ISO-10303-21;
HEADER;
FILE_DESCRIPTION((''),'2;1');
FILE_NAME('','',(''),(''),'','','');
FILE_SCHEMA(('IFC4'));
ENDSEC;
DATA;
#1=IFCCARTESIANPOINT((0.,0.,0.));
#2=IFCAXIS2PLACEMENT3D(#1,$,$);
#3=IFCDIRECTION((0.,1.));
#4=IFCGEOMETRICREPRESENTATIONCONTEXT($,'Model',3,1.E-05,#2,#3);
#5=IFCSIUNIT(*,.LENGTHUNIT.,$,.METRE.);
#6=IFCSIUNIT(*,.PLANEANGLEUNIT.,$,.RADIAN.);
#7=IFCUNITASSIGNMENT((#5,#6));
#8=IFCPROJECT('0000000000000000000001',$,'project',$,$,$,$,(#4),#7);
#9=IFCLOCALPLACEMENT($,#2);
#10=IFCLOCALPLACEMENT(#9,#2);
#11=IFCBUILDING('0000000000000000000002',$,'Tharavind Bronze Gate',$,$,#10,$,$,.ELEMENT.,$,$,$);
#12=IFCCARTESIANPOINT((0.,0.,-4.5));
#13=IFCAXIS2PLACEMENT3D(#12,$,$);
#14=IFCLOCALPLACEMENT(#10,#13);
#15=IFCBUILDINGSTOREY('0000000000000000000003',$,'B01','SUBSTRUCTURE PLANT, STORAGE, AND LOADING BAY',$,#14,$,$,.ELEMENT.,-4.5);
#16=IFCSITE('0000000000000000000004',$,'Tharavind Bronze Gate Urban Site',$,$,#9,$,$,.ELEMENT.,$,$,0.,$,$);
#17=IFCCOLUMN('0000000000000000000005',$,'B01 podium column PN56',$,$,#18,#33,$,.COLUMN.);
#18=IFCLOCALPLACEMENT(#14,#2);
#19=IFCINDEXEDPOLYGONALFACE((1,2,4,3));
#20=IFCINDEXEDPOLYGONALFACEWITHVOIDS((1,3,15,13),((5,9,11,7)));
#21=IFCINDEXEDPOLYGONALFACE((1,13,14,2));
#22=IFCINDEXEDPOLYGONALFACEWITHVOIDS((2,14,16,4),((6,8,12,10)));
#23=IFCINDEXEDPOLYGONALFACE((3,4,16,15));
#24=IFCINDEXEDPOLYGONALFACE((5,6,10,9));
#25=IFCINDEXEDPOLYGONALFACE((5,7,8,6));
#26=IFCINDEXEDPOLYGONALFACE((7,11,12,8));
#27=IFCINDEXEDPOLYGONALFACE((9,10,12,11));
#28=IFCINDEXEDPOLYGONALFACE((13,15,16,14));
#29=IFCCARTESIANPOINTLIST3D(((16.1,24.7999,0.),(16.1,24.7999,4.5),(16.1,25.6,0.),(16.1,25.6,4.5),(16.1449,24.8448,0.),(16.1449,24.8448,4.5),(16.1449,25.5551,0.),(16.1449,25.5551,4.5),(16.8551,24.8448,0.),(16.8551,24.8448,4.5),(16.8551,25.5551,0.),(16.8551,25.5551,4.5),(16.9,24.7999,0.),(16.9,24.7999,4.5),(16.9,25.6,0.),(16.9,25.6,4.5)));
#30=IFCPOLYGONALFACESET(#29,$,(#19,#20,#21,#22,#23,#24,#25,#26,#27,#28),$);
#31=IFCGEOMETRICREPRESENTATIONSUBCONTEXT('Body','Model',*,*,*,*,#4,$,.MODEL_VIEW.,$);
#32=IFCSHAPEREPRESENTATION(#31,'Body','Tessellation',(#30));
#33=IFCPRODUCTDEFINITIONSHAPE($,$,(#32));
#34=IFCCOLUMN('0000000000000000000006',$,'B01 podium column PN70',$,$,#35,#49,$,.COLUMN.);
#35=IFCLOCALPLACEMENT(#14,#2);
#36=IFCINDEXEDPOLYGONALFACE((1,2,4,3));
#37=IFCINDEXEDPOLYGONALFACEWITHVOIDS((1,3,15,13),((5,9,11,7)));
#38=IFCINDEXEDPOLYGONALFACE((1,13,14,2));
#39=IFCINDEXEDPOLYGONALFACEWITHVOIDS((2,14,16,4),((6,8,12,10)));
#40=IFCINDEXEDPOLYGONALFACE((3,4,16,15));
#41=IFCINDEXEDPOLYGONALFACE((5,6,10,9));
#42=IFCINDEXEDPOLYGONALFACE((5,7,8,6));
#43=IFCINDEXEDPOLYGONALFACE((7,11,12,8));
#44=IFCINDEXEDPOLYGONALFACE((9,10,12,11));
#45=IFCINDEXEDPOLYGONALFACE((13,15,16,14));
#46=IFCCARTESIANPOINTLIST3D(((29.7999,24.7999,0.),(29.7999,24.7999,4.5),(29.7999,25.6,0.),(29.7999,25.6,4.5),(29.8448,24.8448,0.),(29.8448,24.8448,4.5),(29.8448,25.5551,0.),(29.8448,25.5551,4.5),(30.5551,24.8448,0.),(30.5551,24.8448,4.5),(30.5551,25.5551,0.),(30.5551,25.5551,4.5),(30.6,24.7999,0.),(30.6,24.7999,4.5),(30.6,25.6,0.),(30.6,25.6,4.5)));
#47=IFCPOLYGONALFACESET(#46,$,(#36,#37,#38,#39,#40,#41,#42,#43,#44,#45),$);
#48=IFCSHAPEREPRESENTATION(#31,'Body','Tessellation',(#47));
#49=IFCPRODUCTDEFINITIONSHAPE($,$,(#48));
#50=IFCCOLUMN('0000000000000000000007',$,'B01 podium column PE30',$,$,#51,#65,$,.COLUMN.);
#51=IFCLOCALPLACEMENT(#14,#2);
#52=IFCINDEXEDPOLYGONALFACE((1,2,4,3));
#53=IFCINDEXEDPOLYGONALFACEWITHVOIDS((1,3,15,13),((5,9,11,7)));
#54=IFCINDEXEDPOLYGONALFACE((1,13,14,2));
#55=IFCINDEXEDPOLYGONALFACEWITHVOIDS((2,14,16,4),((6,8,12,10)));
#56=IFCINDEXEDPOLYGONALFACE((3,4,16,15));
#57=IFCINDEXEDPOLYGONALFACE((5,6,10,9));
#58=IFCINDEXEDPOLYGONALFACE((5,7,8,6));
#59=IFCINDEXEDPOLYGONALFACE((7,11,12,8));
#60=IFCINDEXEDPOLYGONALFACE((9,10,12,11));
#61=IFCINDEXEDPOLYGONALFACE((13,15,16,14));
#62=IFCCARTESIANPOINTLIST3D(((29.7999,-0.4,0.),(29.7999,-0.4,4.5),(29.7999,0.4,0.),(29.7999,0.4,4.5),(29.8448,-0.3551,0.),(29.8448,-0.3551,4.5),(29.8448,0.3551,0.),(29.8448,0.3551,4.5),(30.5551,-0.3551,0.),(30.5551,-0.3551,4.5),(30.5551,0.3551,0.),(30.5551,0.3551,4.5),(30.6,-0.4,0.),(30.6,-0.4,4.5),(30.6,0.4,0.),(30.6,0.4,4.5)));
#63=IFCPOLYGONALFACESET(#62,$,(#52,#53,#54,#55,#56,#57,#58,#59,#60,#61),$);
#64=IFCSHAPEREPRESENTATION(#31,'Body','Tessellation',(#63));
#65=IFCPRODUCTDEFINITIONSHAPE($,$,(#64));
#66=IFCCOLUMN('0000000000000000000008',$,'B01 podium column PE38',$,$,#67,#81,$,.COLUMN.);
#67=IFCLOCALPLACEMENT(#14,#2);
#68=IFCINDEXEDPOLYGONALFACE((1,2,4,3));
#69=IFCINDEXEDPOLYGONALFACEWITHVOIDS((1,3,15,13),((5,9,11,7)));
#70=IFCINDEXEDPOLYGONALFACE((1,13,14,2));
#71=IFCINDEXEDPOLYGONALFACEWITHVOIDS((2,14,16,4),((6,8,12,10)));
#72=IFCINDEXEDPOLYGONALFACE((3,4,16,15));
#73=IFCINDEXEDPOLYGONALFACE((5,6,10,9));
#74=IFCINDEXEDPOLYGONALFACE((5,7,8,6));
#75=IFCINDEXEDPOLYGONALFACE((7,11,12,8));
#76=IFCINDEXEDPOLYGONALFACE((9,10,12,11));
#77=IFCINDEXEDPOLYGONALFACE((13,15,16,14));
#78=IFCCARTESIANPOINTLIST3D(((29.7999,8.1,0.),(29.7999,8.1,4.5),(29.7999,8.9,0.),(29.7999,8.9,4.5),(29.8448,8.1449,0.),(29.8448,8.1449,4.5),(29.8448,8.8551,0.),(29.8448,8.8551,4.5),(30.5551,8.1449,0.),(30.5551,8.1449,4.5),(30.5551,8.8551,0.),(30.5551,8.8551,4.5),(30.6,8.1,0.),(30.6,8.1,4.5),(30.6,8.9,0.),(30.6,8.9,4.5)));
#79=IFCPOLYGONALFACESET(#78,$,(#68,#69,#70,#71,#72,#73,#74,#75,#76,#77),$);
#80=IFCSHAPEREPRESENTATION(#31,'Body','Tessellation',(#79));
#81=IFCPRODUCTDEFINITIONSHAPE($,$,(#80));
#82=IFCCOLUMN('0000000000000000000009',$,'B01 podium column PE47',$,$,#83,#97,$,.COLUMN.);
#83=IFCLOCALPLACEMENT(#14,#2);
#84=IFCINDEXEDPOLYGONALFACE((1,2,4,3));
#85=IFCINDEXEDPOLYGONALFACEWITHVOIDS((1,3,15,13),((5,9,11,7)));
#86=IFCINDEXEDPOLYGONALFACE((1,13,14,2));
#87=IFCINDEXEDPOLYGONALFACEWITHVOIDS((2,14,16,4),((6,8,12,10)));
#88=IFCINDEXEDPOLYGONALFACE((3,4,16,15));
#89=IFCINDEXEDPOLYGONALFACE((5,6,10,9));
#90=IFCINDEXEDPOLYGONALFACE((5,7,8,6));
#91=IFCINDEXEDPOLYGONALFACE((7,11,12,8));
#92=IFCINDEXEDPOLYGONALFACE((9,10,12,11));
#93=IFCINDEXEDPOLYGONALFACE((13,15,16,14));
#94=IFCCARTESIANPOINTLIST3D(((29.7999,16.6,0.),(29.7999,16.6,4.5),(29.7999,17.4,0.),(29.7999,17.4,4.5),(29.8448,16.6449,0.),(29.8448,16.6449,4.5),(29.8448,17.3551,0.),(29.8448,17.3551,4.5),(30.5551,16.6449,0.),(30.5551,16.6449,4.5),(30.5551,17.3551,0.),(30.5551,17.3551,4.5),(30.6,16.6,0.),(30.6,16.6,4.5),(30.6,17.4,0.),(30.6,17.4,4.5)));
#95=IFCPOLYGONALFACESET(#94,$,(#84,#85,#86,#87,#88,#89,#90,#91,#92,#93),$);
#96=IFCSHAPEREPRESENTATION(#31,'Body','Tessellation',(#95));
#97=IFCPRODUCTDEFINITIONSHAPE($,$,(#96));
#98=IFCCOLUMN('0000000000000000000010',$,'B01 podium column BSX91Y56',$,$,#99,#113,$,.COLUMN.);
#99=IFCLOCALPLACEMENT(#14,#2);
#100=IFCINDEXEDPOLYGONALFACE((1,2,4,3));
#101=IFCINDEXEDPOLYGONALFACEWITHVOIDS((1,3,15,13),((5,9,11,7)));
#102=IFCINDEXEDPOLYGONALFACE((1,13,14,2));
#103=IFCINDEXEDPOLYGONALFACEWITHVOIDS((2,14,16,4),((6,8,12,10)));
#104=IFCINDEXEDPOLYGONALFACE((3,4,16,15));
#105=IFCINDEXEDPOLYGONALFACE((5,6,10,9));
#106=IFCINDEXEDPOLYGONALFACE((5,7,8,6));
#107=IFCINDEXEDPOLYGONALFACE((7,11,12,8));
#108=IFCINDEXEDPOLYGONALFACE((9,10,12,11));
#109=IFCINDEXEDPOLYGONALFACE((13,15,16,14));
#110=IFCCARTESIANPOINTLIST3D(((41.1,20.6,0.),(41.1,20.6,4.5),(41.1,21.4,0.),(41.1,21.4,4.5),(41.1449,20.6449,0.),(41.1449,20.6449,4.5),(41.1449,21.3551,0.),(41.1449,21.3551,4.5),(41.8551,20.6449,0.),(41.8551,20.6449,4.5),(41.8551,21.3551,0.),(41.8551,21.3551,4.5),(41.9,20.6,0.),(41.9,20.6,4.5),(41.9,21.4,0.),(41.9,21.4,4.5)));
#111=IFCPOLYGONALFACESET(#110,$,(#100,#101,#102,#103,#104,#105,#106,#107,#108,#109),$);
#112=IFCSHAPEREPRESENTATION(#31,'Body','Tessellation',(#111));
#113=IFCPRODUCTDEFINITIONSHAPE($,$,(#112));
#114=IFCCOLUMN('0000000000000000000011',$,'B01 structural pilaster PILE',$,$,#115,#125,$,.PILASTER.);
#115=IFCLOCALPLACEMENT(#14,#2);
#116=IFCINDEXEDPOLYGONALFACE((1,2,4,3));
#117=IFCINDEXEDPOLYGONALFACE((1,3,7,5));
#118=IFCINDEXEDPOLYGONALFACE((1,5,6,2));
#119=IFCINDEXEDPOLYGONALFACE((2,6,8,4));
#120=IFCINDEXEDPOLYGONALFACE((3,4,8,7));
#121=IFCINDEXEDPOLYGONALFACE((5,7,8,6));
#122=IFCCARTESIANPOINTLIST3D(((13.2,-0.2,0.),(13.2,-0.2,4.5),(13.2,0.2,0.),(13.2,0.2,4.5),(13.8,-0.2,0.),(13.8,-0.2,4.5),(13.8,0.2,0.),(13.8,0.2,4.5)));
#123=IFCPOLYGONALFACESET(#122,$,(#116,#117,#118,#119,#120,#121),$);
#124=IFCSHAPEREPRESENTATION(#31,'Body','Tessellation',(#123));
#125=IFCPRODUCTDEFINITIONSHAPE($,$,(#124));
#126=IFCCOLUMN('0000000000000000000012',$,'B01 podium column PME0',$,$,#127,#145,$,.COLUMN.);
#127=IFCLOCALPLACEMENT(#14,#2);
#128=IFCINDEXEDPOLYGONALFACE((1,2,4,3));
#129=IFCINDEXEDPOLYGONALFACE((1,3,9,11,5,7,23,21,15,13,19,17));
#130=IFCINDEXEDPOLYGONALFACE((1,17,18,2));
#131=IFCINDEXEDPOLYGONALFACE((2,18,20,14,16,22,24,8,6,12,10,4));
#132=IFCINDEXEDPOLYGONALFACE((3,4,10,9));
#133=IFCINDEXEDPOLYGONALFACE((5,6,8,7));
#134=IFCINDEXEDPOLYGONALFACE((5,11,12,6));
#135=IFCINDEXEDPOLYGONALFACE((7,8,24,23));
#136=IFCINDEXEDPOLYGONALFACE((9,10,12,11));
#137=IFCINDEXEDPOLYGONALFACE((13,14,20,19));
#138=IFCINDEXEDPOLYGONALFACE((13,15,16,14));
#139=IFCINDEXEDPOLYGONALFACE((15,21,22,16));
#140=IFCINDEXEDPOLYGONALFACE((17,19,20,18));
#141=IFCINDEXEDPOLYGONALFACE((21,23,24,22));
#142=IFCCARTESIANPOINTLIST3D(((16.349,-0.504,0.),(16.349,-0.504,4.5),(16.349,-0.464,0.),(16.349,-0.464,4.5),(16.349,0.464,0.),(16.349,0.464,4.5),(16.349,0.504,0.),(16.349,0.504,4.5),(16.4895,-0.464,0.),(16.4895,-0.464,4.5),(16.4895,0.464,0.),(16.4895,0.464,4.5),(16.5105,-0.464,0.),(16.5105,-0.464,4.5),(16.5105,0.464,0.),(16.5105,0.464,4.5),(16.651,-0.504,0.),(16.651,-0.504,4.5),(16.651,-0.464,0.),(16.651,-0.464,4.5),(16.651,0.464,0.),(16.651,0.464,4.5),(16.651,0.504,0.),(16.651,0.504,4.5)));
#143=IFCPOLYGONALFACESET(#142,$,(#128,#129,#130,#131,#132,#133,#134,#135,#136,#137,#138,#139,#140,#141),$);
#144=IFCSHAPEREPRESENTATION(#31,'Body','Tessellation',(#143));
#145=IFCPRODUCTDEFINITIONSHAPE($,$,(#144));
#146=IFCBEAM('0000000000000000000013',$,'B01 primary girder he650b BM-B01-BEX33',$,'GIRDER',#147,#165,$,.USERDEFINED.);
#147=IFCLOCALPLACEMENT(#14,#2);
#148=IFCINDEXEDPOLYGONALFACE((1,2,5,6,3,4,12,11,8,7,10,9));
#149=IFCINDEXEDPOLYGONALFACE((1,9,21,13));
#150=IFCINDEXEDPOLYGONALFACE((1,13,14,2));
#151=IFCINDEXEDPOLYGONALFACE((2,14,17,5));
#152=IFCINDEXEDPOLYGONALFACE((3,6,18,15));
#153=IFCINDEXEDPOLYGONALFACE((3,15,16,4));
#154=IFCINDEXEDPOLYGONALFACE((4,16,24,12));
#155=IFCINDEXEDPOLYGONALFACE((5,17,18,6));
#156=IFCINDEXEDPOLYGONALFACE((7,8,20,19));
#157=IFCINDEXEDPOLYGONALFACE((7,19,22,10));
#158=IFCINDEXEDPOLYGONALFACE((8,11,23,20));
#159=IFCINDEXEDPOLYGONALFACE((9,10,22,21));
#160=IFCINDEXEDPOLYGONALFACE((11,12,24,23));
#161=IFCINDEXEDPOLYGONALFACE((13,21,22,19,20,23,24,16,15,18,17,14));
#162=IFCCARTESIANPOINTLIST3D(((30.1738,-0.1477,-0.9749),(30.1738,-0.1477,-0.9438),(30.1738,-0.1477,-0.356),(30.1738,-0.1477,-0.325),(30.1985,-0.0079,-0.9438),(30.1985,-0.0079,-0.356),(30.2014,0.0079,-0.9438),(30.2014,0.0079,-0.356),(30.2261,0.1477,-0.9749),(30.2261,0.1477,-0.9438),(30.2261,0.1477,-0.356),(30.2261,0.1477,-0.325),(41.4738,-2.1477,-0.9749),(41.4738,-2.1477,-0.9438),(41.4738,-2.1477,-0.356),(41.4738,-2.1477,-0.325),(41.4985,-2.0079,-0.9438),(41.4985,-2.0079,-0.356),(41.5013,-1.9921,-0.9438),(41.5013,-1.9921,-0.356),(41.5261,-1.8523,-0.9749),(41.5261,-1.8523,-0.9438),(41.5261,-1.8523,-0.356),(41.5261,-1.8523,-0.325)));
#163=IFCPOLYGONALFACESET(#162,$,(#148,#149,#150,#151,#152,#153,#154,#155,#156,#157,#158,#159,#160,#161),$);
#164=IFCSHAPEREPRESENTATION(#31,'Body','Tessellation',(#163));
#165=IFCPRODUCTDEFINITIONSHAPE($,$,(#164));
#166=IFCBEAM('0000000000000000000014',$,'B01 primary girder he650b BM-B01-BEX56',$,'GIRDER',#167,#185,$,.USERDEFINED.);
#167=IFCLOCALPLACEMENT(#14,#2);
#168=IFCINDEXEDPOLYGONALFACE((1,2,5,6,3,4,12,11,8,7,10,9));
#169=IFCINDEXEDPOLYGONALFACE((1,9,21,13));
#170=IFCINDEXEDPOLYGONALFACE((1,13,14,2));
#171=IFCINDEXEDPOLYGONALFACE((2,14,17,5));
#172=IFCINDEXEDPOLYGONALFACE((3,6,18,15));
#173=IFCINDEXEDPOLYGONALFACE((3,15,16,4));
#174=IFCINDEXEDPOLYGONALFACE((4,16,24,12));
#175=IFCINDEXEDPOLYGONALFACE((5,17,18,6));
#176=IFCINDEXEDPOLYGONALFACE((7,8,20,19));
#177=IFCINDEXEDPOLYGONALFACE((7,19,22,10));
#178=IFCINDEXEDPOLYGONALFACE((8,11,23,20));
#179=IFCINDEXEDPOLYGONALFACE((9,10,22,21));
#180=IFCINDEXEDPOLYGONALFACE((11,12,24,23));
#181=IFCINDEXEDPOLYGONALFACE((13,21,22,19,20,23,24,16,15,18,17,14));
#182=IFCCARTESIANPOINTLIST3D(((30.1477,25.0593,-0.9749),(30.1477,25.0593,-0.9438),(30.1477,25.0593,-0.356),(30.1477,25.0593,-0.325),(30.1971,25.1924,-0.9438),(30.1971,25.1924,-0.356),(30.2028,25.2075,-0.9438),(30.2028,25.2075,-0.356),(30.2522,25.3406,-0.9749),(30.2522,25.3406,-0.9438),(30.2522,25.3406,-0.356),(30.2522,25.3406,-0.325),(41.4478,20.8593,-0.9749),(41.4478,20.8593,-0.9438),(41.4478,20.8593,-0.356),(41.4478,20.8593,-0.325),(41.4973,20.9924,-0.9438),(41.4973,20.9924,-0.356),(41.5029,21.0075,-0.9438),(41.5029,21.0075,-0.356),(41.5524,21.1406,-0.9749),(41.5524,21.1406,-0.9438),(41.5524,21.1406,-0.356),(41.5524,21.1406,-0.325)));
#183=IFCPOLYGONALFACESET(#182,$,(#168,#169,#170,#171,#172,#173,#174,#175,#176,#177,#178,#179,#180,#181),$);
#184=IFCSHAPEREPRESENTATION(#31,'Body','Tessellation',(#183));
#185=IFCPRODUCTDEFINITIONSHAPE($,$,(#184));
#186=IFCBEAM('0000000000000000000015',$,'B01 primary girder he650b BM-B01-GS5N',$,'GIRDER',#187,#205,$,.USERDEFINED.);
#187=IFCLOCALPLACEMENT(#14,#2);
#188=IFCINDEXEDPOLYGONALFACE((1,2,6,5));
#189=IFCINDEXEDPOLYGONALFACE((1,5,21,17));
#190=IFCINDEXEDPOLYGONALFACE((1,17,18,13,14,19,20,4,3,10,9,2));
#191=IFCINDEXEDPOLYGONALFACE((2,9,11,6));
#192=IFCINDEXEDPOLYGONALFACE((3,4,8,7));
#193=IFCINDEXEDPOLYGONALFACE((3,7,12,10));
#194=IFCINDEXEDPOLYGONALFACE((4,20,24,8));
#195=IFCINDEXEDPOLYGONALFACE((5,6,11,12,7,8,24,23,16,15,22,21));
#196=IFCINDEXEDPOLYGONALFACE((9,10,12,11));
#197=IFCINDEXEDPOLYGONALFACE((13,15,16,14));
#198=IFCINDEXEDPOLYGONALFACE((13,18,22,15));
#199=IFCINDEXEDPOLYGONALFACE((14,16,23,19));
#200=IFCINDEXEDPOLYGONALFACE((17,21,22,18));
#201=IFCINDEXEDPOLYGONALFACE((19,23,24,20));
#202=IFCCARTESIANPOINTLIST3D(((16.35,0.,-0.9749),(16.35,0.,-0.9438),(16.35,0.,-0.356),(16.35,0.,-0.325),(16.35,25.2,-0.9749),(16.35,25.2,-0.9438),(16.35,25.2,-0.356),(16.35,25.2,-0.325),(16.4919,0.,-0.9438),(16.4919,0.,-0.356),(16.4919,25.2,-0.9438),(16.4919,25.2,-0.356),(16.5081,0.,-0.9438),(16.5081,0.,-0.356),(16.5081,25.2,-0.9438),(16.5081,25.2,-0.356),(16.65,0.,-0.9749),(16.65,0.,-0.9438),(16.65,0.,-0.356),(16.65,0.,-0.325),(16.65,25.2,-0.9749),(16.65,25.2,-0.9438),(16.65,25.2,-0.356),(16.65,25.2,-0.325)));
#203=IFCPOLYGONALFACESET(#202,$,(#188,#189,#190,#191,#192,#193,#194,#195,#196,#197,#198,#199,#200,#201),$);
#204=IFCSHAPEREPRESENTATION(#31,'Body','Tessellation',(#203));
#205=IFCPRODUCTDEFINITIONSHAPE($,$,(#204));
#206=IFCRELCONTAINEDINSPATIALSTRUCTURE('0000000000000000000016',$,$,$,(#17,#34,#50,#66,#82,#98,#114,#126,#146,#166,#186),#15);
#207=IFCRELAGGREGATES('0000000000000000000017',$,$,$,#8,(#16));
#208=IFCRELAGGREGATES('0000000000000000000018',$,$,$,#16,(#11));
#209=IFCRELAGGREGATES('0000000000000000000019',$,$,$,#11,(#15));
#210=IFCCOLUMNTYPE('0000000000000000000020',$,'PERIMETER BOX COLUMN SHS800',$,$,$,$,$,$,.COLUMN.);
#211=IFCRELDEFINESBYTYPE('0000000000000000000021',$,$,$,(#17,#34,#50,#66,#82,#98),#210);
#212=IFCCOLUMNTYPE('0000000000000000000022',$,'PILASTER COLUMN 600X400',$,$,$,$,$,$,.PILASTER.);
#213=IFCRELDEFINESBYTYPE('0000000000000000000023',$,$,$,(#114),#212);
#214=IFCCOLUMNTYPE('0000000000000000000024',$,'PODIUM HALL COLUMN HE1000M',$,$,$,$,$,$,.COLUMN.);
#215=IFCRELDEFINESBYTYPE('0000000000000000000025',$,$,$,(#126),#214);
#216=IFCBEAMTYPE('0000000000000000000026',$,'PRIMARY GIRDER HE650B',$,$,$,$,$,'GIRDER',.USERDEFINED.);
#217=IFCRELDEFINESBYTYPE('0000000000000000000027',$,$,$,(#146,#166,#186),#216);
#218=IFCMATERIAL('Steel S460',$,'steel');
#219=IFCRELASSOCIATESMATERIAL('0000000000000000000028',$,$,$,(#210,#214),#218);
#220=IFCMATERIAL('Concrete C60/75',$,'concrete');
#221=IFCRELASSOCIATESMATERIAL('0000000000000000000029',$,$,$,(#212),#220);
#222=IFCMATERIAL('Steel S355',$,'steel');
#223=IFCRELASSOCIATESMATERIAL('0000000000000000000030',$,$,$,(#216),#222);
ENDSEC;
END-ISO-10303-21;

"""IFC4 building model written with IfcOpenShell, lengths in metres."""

from ifc_helpers import new_model, si_unit, direction, frame, origin, origin_2d, place, context, subcontext, project, spatial, rectangle, hollow_rectangle, i_section, extrude, material, material_profile, profile_set, type_object, element, save


model = new_model("IFC4")

# Units and contexts
model_context = context("Model", 3, precision=1e-05, world=origin(), true_north=direction((0.0, 1.0)))
body_context = subcontext(model_context, "Body", "Model", "MODEL_VIEW")
ifc_project = project(units=[si_unit("LENGTHUNIT", "METRE"), si_unit("PLANEANGLEUNIT", "RADIAN")], contexts=[model_context])

# Site, building, storey
site_placement = place(None, origin())
site = spatial("IfcSite", under=ifc_project, at=site_placement, Name="Tharavind Bronze Gate Urban Site", CompositionType="ELEMENT", RefElevation=0.0)
building_placement = place(site_placement, origin())
building = spatial("IfcBuilding", under=site, at=building_placement, Name="Tharavind Bronze Gate", CompositionType="ELEMENT")
storey_placement = place(building_placement, frame((0.0, 0.0, -4.5)))
storey = spatial("IfcBuildingStorey", under=building, at=storey_placement, Name="B01", Description="SUBSTRUCTURE PLANT, STORAGE, AND LOADING BAY", CompositionType="ELEMENT", Elevation=-4.5)

# Columns
ifc_material_1 = material(Name="Steel S460", Category="steel")
ifc_material_profile_1 = material_profile(ifc_material_1, hollow_rectangle(XDim=0.8, YDim=0.8, WallThickness=0.0449, at=origin_2d()), Name="SHS800X45")
ifc_profile_set_1 = profile_set([ifc_material_profile_1], Name="Steel S460")
column_type_1 = type_object("IfcColumnType", Name="PERIMETER BOX COLUMN SHS800", PredefinedType="COLUMN", material=ifc_profile_set_1)
for number, where, z_axis, x_axis, name in (
    (1, (16.5, 25.2, 0.0), (0.0, 0.0, 1.0), (1.0, 0.0, 0.0), "B01 podium column PN56"),
    (2, (30.2, 25.2, 0.0), (0.0, 0.0, 1.0), (1.0, 0.0, 0.0), "B01 podium column PN70"),
    (3, (30.2, 0.0, 0.0), (0.0, 0.0, 1.0), (1.0, 0.0, 0.0), "B01 podium column PE30"),
    (4, (30.2, 8.5, 0.0), (0.0, 0.0, 1.0), (1.0, 0.0, 0.0), "B01 podium column PE38"),
    (5, (30.2, 17.0, 0.0), (0.0, 0.0, 1.0), (1.0, 0.0, 0.0), "B01 podium column PE47"),
    (6, (41.5, 21.0, 0.0), (0.0, 0.0, 1.0), (1.0, 0.0, 0.0), "B01 podium column BSX91Y56"),
):
    element("IfcColumn", number, at=place(storey_placement, frame(where, z_axis=z_axis, x_axis=x_axis)), inside=storey, type_object=column_type_1, Name=name, PredefinedType="COLUMN", context=body_context, shape_type="SweptSolid", body=[
        extrude(hollow_rectangle(XDim=0.8, YDim=0.8, WallThickness=0.0449, at=origin_2d()), origin(), (0.0, 0.0, 1.0), 4.5),
    ])
ifc_material_2 = material(Name="Concrete C60/75", Category="concrete")
ifc_material_profile_2 = material_profile(ifc_material_2, rectangle(XDim=0.6001, YDim=0.3999, at=origin_2d()), Name="RCPIL600X400")
ifc_profile_set_2 = profile_set([ifc_material_profile_2], Name="Concrete C60/75")
column_type_2 = type_object("IfcColumnType", Name="PILASTER COLUMN 600X400", PredefinedType="PILASTER", material=ifc_profile_set_2)
column_1_placement = place(storey_placement, frame((13.5, 0.0, 0.0), z_axis=(0.0, 0.0, 1.0), x_axis=(1.0, 0.0, 0.0)))
element("IfcColumn", 7, at=column_1_placement, inside=storey, type_object=column_type_2, Name="B01 structural pilaster PILE", PredefinedType="PILASTER", context=body_context, shape_type="SweptSolid", body=[
    extrude(rectangle(XDim=0.6001, YDim=0.3999, at=origin_2d()), origin(), (0.0, 0.0, 1.0), 4.5),
])
ifc_material_profile_3 = material_profile(ifc_material_1, i_section(OverallWidth=0.302, OverallDepth=1.0081, WebThickness=0.021, FlangeThickness=0.04, at=origin_2d()), Name="HE1000M")
ifc_profile_set_3 = profile_set([ifc_material_profile_3], Name="Steel S460")
column_type_3 = type_object("IfcColumnType", Name="PODIUM HALL COLUMN HE1000M", PredefinedType="COLUMN", material=ifc_profile_set_3)
column_2_placement = place(storey_placement, frame((16.5, 0.0, 0.0), z_axis=(0.0, 0.0, 1.0), x_axis=(1.0, 0.0, 0.0)))
element("IfcColumn", 8, at=column_2_placement, inside=storey, type_object=column_type_3, Name="B01 podium column PME0", PredefinedType="COLUMN", context=body_context, shape_type="SweptSolid", body=[
    extrude(i_section(OverallWidth=0.302, OverallDepth=1.0081, WebThickness=0.021, FlangeThickness=0.04, at=origin_2d()), origin(), (0.0, 0.0, 1.0), 4.5),
])

# Beams
ifc_material_3 = material(Name="Steel S355", Category="steel")
ifc_material_profile_4 = material_profile(ifc_material_3, i_section(OverallWidth=0.3, OverallDepth=0.6499, WebThickness=0.0161, FlangeThickness=0.031, at=origin_2d()), Name="HE650B")
ifc_profile_set_4 = profile_set([ifc_material_profile_4], Name="Steel S355")
beam_type_1 = type_object("IfcBeamType", Name="PRIMARY GIRDER HE650B", ElementType="GIRDER", PredefinedType="USERDEFINED", material=ifc_profile_set_4)
beam_1_placement = place(storey_placement, frame((30.2, 0.0, -0.6499), z_axis=(0.984696, -0.174282, 0.0), x_axis=(0.174282, 0.984696, 0.0)))
element("IfcBeam", 9, at=beam_1_placement, inside=storey, type_object=beam_type_1, Name="B01 primary girder he650b BM-B01-BEX33", ObjectType="GIRDER", PredefinedType="USERDEFINED", context=body_context, shape_type="SweptSolid", body=[
    extrude(i_section(OverallWidth=0.3, OverallDepth=0.6499, WebThickness=0.0161, FlangeThickness=0.031, at=origin_2d()), origin(), (0.0, 0.0, 1.0), 11.4756),
])
beam_2_placement = place(storey_placement, frame((30.2, 25.2, -0.6499), z_axis=(0.93735, -0.34839, 0.0), x_axis=(0.34839, 0.93735, 0.0)))
element("IfcBeam", 10, at=beam_2_placement, inside=storey, type_object=beam_type_1, Name="B01 primary girder he650b BM-B01-BEX56", ObjectType="GIRDER", PredefinedType="USERDEFINED", context=body_context, shape_type="SweptSolid", body=[
    extrude(i_section(OverallWidth=0.3, OverallDepth=0.6499, WebThickness=0.0161, FlangeThickness=0.031, at=origin_2d()), origin(), (0.0, 0.0, 1.0), 12.0554),
])
beam_3_placement = place(storey_placement, frame((16.5, 0.0, -0.6499), z_axis=(0.0, 1.0, 0.0), x_axis=(-1.0, 0.0, 0.0)))
element("IfcBeam", 11, at=beam_3_placement, inside=storey, type_object=beam_type_1, Name="B01 primary girder he650b BM-B01-GS5N", ObjectType="GIRDER", PredefinedType="USERDEFINED", context=body_context, shape_type="SweptSolid", body=[
    extrude(i_section(OverallWidth=0.3, OverallDepth=0.6499, WebThickness=0.0161, FlangeThickness=0.031, at=origin_2d()), origin(), (0.0, 0.0, 1.0), 25.2),
])

save(model, "model.ifc")
